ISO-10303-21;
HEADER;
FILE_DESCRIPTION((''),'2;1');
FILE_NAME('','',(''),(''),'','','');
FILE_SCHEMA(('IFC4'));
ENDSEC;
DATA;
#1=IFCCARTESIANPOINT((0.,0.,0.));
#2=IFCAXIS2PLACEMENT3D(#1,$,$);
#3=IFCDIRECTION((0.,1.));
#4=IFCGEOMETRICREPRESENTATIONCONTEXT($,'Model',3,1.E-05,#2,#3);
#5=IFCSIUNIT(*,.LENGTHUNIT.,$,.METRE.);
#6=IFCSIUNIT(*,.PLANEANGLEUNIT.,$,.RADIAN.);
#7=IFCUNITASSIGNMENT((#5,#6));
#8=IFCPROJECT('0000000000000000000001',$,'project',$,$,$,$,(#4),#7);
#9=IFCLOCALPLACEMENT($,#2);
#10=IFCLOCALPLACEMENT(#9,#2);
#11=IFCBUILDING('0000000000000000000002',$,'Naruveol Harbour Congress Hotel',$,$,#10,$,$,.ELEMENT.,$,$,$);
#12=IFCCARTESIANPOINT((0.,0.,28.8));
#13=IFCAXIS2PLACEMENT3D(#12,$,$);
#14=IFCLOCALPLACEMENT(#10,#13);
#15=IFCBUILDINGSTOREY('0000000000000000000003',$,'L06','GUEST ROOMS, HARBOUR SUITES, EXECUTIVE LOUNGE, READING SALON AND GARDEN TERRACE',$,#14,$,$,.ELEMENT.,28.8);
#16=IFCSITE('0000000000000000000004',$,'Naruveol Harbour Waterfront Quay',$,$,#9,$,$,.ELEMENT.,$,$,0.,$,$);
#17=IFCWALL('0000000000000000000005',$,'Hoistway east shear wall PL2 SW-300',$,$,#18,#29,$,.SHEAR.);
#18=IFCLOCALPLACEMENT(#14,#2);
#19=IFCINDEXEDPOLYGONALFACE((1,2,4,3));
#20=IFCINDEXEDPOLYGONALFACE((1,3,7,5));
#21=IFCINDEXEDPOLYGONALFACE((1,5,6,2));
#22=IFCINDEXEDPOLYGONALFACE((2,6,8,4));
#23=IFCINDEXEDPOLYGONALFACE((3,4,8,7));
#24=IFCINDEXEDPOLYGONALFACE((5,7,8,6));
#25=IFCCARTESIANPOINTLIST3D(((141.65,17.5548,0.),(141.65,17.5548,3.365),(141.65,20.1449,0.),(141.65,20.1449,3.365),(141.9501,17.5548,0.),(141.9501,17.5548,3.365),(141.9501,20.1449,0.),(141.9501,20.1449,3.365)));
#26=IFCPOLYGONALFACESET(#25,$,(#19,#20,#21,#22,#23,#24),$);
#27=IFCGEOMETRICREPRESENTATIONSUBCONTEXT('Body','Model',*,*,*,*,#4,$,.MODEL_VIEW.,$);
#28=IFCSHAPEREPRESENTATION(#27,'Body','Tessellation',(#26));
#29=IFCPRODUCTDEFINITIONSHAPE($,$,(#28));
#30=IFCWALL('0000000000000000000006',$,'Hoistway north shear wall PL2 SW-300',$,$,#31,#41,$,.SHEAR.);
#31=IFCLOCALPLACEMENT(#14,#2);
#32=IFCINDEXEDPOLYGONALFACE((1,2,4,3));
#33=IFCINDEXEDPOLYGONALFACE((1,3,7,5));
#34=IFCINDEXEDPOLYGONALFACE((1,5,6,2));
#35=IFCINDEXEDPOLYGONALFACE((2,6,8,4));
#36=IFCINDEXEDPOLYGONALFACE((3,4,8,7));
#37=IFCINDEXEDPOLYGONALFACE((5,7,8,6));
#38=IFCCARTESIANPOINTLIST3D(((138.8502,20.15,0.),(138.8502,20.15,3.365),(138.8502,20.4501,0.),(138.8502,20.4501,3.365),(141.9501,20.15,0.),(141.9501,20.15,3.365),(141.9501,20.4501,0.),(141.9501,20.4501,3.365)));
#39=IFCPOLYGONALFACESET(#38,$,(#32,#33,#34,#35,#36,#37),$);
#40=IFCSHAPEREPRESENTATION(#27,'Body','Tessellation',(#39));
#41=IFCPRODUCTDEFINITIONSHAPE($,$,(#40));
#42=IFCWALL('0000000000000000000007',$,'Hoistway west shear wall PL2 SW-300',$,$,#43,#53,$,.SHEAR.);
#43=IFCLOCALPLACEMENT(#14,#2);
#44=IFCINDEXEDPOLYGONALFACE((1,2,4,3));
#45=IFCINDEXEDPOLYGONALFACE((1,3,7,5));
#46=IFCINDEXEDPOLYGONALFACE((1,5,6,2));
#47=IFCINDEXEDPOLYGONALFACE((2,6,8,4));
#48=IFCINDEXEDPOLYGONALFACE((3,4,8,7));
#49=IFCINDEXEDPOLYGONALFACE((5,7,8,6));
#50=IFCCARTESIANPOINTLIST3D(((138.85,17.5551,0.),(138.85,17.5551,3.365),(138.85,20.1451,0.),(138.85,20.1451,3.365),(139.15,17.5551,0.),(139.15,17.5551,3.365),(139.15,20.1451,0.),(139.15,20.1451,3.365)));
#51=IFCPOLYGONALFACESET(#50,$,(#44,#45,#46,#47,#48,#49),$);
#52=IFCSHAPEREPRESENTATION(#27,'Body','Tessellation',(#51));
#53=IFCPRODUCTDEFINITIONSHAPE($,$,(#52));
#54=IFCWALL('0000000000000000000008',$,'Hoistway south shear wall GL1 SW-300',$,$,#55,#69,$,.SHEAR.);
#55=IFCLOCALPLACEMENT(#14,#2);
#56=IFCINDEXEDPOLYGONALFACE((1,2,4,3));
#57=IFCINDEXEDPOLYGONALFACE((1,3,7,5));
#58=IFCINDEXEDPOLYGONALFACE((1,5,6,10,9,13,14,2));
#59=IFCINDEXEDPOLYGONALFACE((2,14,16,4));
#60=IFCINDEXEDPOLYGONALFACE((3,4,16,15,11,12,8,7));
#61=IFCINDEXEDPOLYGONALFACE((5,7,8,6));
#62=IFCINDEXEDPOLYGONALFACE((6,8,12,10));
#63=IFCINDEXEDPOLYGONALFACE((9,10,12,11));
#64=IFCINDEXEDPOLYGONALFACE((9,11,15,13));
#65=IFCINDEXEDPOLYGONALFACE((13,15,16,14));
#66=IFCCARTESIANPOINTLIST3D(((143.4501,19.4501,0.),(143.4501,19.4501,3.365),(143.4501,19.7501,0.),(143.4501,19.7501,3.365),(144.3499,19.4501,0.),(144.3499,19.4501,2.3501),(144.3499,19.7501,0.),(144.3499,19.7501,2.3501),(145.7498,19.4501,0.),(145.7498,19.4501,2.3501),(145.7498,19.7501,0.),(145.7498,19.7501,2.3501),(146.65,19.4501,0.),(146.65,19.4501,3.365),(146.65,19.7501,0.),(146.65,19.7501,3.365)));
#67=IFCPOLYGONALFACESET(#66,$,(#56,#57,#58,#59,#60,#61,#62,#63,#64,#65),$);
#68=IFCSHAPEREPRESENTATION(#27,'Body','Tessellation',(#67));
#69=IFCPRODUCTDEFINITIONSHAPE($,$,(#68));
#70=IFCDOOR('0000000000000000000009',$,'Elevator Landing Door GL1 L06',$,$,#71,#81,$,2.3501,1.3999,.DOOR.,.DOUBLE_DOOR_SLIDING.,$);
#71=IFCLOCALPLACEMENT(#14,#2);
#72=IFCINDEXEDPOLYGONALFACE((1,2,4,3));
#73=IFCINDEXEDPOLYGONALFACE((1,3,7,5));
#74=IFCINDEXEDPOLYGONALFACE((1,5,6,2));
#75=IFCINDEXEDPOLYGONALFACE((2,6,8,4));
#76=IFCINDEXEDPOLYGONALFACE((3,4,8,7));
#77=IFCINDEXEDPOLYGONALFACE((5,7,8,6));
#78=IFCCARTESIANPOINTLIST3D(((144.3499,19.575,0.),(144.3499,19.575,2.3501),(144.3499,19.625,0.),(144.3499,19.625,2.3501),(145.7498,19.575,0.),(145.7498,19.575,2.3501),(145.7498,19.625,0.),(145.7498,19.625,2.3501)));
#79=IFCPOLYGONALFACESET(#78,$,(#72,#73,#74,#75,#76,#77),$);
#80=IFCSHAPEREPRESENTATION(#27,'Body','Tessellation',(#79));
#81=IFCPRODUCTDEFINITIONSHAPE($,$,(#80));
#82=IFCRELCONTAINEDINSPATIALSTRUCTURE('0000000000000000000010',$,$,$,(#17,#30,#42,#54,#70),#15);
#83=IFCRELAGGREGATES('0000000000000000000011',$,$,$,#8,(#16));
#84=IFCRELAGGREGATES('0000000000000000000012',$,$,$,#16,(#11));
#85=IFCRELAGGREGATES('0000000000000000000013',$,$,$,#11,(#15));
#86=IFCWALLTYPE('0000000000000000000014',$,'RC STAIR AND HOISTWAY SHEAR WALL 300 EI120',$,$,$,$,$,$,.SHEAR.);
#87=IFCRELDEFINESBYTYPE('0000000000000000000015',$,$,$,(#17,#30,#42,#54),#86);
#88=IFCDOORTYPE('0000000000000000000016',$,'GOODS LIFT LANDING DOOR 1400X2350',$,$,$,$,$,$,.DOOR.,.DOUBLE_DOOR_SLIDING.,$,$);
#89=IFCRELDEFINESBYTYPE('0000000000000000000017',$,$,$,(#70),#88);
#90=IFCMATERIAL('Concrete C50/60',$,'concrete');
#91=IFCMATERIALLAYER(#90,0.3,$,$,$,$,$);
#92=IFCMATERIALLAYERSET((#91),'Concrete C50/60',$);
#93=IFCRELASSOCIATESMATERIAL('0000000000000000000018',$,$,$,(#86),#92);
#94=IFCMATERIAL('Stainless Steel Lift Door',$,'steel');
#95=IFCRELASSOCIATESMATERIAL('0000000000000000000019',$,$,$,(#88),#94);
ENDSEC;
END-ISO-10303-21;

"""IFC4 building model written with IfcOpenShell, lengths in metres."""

from ifc_helpers import new_model, si_unit, direction, frame, frame_2d, origin, place, context, subcontext, project, spatial, rectangle, extrude, material, layer, layer_set, type_object, element, fill, save


model = new_model("IFC4")

# Units and contexts
model_context = context("Model", 3, precision=1e-05, world=origin(), true_north=direction((0.0, 1.0)))
body_context = subcontext(model_context, "Body", "Model", "MODEL_VIEW")
ifc_project = project(units=[si_unit("LENGTHUNIT", "METRE"), si_unit("PLANEANGLEUNIT", "RADIAN")], contexts=[model_context])

# Site, building, storey
site_placement = place(None, origin())
site = spatial("IfcSite", under=ifc_project, at=site_placement, Name="Naruveol Harbour Waterfront Quay", CompositionType="ELEMENT", RefElevation=0.0)
building_placement = place(site_placement, origin())
building = spatial("IfcBuilding", under=site, at=building_placement, Name="Naruveol Harbour Congress Hotel", CompositionType="ELEMENT")
storey_placement = place(building_placement, frame((0.0, 0.0, 28.8)))
storey = spatial("IfcBuildingStorey", under=building, at=storey_placement, Name="L06", Description="GUEST ROOMS, HARBOUR SUITES, EXECUTIVE LOUNGE, READING SALON AND GARDEN TERRACE", CompositionType="ELEMENT", Elevation=28.8)

# Shared definitions
ifc_material_1 = material(Name="Concrete C50/60", Category="concrete")
ifc_layer_1 = layer(ifc_material_1, 0.3)
ifc_layer_set_1 = layer_set([ifc_layer_1], Name="Concrete C50/60")
wall_type_1 = type_object("IfcWallType", Name="RC STAIR AND HOISTWAY SHEAR WALL 300 EI120", PredefinedType="SHEAR", material=ifc_layer_set_1)

# Walls
wall_1_placement = place(storey_placement, frame((141.8, 17.5549, 0.0), z_axis=(0.0, 0.0, 1.0), x_axis=(0.0, 1.0, 0.0)))
element("IfcWall", 1, at=wall_1_placement, inside=storey, type_object=wall_type_1, Name="Hoistway east shear wall PL2 SW-300", PredefinedType="SHEAR", context=body_context, shape_type="SweptSolid", body=[
    extrude(rectangle(XDim=2.5901, YDim=0.3, at=frame_2d((1.2949, 0.0))), origin(), (0.0, 0.0, 1.0), 3.365),
])
wall_2_placement = place(storey_placement, frame((141.95, 20.3, 0.0), z_axis=(0.0, 0.0, 1.0), x_axis=(-1.0, 0.0, 0.0)))
element("IfcWall", 2, at=wall_2_placement, inside=storey, type_object=wall_type_1, Name="Hoistway north shear wall PL2 SW-300", PredefinedType="SHEAR", context=body_context, shape_type="SweptSolid", body=[
    extrude(rectangle(XDim=3.0999, YDim=0.3, at=frame_2d((1.5498, 0.0))), origin(), (0.0, 0.0, 1.0), 3.365),
])
wall_3_placement = place(storey_placement, frame((139.0, 20.145, 0.0), z_axis=(0.0, 0.0, 1.0), x_axis=(0.0, -1.0, 0.0)))
element("IfcWall", 3, at=wall_3_placement, inside=storey, type_object=wall_type_1, Name="Hoistway west shear wall PL2 SW-300", PredefinedType="SHEAR", context=body_context, shape_type="SweptSolid", body=[
    extrude(rectangle(XDim=2.5901, YDim=0.3, at=frame_2d((1.2949, 0.0))), origin(), (0.0, 0.0, 1.0), 3.365),
])

# Wall, opening, door
wall_4_placement = place(storey_placement, frame((143.45, 19.6001, 0.0), z_axis=(0.0, 0.0, 1.0), x_axis=(1.0, 0.0, 0.0)))
wall_4 = element("IfcWall", 4, at=wall_4_placement, inside=storey, type_object=wall_type_1, Name="Hoistway south shear wall GL1 SW-300", PredefinedType="SHEAR", context=body_context, shape_type="SweptSolid", body=[
    extrude(rectangle(XDim=3.2, YDim=0.3, at=frame_2d((1.6001, 0.0))), origin(), (0.0, 0.0, 1.0), 3.365),
])
opening_1_placement = place(wall_4_placement, frame((0.8999, 0.0, 0.0)))
opening_1 = element("IfcOpeningElement", 5, at=opening_1_placement, cuts=wall_4, PredefinedType="OPENING", context=body_context, shape_type="SweptSolid", body=[
    extrude(rectangle(XDim=1.3999, YDim=2.3501, at=frame_2d((0.7, 1.175))), frame((0.0, 0.1599, 0.0), z_axis=(0.0, -1.0, 0.0), x_axis=(1.0, 0.0, 0.0)), (0.0, 0.0, 1.0), 0.3201),
])
ifc_material_2 = material(Name="Stainless Steel Lift Door", Category="steel")
door_type_1 = type_object("IfcDoorType", Name="GOODS LIFT LANDING DOOR 1400X2350", OperationType="DOUBLE_DOOR_SLIDING", PredefinedType="DOOR", material=ifc_material_2)
door_1_placement = place(opening_1_placement, origin())
door_1 = element("IfcDoor", 6, at=door_1_placement, inside=storey, type_object=door_type_1, Name="Elevator Landing Door GL1 L06", OperationType="DOUBLE_DOOR_SLIDING", OverallHeight=2.3501, OverallWidth=1.3999, PredefinedType="DOOR", context=body_context, shape_type="SweptSolid", body=[
    extrude(rectangle(XDim=1.3999, YDim=2.3501, at=frame_2d((0.7, 1.175))), frame((0.0, 0.0249, 0.0), z_axis=(0.0, -1.0, 0.0), x_axis=(1.0, 0.0, 0.0)), (0.0, 0.0, 1.0), 0.05),
])
fill(opening_1, door_1)

save(model, "model.ifc")
